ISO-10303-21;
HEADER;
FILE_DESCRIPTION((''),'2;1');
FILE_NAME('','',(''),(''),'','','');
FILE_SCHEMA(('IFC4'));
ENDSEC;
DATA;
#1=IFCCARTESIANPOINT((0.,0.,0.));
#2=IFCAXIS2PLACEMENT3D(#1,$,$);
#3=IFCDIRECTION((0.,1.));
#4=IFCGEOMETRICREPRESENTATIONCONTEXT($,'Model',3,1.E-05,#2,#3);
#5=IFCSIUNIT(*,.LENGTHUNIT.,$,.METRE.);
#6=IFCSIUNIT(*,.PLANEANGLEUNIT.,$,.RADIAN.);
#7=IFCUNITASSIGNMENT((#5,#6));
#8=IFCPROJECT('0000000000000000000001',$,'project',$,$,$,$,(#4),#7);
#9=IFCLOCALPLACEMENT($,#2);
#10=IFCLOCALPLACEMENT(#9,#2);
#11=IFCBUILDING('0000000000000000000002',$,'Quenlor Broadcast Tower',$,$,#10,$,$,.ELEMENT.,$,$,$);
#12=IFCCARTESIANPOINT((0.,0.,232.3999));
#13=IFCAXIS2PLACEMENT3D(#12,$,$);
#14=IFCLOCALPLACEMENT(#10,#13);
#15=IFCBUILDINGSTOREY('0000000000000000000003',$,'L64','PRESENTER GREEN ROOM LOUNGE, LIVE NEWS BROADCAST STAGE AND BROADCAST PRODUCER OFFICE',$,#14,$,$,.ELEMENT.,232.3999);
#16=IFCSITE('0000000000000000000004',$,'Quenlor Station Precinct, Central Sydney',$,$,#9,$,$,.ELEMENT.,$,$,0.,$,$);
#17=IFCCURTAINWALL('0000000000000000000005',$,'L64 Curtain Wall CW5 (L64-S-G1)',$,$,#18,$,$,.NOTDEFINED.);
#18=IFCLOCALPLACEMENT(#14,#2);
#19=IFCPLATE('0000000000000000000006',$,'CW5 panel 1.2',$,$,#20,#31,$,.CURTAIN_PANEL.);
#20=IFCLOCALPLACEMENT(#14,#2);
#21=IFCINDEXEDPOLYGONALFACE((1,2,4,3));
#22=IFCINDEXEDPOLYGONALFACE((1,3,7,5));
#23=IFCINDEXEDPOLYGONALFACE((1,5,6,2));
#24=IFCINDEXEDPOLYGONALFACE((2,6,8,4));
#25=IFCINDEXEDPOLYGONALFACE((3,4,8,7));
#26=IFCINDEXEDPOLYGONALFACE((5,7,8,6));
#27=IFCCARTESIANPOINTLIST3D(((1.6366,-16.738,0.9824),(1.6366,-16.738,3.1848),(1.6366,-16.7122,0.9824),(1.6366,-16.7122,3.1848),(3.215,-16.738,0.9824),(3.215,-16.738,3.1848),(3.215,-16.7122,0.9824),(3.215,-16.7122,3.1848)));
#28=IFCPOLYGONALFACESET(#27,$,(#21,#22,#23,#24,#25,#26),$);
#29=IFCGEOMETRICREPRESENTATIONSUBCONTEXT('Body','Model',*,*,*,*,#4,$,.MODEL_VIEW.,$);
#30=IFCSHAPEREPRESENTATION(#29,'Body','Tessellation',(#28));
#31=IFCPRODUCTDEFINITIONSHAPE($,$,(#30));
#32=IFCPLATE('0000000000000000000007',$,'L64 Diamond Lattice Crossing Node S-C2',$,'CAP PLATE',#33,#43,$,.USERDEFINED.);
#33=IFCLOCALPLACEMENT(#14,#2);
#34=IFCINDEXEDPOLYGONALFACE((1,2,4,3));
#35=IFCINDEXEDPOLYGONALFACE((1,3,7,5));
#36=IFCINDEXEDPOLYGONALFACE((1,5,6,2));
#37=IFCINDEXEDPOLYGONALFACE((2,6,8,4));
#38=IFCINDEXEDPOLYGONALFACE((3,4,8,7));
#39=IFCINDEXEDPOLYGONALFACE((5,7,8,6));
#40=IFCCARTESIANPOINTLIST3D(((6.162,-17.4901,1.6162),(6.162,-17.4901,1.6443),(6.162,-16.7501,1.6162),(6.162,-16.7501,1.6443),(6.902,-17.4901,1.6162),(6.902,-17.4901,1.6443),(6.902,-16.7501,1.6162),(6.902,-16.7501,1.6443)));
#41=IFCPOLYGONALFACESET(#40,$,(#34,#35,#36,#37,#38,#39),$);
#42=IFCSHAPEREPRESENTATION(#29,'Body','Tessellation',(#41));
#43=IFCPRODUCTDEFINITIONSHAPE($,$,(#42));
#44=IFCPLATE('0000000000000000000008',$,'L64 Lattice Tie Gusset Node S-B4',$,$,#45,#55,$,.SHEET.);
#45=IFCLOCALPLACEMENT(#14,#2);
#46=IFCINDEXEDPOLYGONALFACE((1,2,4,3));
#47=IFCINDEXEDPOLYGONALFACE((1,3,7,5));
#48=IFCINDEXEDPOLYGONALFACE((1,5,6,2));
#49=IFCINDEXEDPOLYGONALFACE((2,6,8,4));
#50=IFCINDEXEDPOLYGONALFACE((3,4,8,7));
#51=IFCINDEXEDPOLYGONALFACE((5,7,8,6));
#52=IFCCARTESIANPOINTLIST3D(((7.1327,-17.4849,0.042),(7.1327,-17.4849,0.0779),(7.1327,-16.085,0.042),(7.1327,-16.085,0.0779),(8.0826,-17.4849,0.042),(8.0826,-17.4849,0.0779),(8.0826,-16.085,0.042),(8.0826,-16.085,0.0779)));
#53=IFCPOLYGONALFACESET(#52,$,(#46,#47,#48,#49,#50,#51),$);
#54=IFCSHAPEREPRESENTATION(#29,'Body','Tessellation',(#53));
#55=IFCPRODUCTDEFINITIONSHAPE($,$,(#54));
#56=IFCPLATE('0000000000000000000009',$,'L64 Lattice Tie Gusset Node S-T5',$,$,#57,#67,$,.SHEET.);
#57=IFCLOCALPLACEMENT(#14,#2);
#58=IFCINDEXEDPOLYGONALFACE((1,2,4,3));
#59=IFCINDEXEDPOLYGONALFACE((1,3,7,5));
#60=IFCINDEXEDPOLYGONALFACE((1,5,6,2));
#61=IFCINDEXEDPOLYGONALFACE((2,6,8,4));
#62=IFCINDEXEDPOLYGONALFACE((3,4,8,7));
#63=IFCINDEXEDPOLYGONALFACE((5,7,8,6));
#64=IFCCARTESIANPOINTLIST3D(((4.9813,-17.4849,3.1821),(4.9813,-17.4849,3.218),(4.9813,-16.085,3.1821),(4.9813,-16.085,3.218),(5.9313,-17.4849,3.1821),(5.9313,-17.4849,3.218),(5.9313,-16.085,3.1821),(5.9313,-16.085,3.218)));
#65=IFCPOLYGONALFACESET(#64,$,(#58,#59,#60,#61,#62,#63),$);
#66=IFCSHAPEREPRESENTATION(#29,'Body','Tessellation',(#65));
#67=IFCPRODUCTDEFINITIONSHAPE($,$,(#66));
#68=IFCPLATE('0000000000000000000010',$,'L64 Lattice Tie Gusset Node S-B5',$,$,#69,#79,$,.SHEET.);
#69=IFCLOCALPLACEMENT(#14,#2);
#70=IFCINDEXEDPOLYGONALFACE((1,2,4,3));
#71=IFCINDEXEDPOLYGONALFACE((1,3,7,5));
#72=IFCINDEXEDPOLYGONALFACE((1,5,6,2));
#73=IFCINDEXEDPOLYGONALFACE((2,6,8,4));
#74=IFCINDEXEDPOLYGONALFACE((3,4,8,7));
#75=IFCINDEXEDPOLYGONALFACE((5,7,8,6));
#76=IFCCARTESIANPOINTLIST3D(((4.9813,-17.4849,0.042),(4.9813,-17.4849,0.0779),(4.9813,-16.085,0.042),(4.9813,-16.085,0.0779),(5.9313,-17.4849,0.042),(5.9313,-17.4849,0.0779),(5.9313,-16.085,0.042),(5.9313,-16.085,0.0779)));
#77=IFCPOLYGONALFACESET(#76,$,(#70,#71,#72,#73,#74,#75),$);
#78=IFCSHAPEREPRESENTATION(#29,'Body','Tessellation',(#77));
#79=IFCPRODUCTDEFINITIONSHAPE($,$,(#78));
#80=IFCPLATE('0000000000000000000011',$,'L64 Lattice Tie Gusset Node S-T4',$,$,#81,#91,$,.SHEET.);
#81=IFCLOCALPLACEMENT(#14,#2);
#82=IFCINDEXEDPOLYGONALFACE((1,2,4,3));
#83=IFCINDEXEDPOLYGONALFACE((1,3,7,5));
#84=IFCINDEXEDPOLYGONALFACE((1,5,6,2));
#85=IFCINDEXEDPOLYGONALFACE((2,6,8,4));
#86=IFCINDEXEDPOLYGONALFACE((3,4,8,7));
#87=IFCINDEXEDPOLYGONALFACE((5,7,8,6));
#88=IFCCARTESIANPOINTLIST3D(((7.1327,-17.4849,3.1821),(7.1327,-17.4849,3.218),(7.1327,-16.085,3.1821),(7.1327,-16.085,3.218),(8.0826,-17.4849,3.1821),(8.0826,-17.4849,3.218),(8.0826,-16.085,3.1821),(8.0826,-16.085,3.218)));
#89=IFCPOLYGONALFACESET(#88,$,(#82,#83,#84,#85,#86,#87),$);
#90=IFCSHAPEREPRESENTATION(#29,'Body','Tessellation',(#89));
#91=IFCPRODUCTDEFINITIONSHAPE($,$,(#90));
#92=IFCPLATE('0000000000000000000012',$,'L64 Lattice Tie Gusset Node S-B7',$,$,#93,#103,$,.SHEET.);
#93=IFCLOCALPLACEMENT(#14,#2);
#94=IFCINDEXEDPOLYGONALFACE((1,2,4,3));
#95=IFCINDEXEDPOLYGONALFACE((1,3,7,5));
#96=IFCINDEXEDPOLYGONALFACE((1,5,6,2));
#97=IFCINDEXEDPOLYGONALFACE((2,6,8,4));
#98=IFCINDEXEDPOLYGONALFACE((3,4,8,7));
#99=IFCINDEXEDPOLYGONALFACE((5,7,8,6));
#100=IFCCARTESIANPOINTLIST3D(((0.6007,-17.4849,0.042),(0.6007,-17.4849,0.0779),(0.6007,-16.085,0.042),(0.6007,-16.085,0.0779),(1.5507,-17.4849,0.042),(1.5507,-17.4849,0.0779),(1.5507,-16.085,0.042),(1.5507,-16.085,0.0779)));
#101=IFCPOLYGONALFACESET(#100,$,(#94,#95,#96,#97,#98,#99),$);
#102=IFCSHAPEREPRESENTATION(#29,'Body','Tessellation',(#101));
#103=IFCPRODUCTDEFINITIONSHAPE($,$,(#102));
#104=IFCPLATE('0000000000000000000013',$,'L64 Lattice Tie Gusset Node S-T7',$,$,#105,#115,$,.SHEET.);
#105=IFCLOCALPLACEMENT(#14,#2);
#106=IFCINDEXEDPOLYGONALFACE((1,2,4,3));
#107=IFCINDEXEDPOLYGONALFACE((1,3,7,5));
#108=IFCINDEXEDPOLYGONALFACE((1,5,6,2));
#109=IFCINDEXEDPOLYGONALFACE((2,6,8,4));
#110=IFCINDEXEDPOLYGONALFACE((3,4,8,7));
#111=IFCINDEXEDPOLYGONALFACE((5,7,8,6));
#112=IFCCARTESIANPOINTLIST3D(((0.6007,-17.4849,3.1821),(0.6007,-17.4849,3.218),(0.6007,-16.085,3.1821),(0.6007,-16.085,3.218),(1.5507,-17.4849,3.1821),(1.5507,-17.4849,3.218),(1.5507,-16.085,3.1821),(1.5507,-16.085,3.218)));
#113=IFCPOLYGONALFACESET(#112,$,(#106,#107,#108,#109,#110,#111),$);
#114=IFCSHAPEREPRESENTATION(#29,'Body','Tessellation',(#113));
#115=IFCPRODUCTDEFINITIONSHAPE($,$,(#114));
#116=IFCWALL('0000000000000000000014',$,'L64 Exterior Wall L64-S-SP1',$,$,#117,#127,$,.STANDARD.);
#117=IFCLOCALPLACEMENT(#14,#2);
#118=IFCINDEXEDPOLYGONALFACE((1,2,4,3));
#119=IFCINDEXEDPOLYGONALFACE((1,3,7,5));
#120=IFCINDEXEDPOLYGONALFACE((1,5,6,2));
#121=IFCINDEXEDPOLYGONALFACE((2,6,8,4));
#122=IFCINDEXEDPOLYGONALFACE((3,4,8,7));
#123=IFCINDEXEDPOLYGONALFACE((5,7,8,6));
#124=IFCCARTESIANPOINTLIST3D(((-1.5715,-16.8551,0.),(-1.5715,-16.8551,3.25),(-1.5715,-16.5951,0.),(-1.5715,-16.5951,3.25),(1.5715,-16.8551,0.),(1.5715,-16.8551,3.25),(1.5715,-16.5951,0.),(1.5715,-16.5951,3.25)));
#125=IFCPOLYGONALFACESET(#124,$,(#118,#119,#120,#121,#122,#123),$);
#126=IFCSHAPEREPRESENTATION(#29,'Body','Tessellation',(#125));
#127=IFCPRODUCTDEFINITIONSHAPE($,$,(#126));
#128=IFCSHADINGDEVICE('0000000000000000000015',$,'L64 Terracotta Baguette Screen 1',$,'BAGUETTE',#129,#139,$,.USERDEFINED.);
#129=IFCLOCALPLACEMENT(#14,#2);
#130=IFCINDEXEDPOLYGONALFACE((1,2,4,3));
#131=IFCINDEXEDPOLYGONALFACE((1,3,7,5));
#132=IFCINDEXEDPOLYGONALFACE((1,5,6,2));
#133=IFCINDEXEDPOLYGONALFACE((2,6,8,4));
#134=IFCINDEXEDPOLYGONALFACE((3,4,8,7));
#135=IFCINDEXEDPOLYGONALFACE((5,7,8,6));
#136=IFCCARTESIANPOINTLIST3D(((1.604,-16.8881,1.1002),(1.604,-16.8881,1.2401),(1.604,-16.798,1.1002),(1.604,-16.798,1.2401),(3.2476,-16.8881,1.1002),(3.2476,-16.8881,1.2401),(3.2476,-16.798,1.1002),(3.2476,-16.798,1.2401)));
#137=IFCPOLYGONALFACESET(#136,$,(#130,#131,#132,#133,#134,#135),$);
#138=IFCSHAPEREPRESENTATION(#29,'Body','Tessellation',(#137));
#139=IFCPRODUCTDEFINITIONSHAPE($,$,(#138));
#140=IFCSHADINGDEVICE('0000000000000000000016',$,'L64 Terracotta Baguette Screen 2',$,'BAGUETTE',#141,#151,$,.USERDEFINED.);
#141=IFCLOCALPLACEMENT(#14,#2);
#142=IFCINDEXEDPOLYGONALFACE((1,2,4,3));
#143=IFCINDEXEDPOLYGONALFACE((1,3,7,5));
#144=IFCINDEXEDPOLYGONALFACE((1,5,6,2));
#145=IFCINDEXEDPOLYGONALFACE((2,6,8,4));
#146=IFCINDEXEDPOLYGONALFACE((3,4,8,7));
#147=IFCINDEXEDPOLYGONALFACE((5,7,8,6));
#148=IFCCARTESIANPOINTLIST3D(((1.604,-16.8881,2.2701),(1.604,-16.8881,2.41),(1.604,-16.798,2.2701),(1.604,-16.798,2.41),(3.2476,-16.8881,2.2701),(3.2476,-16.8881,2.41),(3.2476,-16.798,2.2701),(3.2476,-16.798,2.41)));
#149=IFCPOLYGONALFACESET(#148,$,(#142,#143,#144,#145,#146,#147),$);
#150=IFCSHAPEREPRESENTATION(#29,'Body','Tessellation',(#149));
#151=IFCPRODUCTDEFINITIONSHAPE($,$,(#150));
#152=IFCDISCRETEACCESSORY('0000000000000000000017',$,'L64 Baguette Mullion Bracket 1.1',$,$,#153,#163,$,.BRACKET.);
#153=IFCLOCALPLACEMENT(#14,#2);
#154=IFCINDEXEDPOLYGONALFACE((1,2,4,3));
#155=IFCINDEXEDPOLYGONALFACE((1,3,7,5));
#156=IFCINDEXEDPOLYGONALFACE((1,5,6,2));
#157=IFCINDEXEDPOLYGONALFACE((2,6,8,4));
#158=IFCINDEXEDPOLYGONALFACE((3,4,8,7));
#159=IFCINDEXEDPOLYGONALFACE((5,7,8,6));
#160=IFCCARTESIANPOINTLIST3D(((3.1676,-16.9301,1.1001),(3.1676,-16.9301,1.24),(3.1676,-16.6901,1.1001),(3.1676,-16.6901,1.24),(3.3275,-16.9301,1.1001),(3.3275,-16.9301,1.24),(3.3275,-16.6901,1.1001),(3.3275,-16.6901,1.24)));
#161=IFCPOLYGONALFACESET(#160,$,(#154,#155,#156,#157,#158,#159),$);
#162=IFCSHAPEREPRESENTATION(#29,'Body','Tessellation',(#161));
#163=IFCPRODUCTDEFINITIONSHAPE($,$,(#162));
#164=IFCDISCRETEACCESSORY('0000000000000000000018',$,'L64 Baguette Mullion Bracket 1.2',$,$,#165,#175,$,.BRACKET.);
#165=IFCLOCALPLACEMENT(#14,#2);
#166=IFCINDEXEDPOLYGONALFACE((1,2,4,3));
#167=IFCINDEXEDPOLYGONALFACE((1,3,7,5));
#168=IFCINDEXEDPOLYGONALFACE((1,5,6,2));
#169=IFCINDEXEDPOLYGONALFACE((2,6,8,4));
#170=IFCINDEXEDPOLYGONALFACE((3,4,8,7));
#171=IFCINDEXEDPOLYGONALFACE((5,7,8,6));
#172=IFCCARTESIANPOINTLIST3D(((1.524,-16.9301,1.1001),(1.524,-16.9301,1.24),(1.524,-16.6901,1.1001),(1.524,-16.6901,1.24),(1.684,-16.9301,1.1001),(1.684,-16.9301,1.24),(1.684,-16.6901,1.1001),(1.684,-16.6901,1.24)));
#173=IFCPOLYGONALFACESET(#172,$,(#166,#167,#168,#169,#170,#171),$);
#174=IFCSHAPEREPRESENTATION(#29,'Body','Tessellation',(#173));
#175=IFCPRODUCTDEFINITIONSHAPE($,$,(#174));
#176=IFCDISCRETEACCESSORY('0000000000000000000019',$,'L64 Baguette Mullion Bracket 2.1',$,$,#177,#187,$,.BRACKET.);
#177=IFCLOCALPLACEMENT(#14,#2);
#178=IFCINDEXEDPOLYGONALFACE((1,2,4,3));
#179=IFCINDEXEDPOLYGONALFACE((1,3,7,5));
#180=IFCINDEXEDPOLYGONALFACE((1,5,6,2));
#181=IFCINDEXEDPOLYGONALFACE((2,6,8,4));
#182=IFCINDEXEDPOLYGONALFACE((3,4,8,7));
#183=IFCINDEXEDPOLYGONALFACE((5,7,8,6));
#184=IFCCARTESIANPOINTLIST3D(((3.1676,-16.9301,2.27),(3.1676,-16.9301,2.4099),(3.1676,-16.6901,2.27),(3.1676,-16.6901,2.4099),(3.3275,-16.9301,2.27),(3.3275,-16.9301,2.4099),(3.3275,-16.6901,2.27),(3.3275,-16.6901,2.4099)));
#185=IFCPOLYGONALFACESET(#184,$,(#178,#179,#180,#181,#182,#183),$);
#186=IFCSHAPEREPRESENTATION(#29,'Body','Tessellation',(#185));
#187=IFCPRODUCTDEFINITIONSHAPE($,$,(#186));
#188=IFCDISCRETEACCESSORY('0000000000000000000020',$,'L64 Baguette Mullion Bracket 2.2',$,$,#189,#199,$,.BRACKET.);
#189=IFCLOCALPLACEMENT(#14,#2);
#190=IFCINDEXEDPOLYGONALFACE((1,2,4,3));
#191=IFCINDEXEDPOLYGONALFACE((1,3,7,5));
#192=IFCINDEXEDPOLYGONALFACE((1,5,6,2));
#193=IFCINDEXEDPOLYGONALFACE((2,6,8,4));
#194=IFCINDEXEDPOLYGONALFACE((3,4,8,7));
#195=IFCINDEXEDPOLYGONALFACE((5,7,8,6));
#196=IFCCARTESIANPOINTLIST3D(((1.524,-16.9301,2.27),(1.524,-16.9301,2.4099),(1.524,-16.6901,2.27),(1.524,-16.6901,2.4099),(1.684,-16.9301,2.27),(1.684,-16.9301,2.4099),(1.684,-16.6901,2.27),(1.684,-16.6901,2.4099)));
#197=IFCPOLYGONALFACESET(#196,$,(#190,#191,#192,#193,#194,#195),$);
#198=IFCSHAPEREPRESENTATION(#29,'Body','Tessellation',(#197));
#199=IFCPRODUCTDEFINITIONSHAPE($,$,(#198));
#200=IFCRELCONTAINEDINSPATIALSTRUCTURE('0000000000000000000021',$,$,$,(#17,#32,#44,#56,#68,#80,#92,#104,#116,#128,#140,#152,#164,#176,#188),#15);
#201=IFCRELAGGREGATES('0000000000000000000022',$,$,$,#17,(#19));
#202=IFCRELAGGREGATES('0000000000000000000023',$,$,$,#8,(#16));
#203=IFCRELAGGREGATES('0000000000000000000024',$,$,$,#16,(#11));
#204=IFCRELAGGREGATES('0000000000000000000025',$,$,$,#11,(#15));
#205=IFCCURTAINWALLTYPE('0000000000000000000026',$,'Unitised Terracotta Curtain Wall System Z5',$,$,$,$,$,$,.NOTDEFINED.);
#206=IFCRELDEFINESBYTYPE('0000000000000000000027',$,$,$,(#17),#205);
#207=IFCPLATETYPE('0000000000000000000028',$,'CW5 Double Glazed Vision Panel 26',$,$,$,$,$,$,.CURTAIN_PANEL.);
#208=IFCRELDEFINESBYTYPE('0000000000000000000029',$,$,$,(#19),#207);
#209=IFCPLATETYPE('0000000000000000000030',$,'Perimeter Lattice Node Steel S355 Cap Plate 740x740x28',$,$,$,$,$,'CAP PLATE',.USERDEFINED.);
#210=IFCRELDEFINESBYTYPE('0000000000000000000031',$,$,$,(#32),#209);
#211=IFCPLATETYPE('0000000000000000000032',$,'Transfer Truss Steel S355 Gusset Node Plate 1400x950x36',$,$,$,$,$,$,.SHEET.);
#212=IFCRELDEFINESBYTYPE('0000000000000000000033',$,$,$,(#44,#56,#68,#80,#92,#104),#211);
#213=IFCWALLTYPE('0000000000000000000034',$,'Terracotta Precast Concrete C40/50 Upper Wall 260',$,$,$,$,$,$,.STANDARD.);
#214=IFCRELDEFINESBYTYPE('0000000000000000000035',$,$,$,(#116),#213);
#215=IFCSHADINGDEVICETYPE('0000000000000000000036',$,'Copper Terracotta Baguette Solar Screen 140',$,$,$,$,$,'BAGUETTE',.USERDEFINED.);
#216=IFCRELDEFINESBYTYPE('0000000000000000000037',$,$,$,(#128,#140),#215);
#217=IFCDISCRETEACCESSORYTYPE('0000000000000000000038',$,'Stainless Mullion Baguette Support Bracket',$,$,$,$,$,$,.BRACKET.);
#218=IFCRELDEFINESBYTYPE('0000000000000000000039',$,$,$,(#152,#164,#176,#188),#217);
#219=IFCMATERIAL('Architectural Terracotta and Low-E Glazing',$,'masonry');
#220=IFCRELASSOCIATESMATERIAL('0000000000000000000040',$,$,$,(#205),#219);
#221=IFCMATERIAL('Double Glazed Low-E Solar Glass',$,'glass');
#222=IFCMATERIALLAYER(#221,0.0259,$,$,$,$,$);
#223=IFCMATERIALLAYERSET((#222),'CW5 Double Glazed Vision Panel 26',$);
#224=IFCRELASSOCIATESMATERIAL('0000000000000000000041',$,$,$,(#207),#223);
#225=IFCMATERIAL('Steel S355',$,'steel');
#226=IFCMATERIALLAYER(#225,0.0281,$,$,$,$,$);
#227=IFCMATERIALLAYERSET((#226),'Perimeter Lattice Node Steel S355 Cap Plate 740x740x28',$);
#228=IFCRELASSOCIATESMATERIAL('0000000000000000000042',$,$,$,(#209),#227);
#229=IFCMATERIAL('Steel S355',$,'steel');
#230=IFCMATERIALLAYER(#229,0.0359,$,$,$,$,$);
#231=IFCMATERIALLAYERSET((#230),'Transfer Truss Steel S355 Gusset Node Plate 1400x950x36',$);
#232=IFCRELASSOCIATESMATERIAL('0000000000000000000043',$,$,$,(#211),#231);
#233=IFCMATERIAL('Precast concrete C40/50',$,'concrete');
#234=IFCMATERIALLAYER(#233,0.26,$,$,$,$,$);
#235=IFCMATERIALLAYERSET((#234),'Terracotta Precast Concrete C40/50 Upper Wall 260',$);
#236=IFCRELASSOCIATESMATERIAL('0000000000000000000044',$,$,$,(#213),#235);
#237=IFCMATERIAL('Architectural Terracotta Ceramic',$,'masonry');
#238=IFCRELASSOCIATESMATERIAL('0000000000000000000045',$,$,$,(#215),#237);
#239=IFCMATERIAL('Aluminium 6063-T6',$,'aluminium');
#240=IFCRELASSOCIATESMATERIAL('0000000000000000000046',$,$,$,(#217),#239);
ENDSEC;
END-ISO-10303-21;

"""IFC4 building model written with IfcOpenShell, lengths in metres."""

from ifc_helpers import new_model, si_unit, direction, frame, frame_2d, origin, origin_2d, place, context, subcontext, project, spatial, rectangle, extrude, material, layer, layer_set, material_profile, profile_set, type_object, element, aggregate, save


model = new_model("IFC4")

# Units and contexts
model_context = context("Model", 3, precision=1e-05, world=origin(), true_north=direction((0.0, 1.0)))
body_context = subcontext(model_context, "Body", "Model", "MODEL_VIEW")
ifc_project = project(units=[si_unit("LENGTHUNIT", "METRE"), si_unit("PLANEANGLEUNIT", "RADIAN")], contexts=[model_context])

# Site, building, storey
site_placement = place(None, origin())
site = spatial("IfcSite", under=ifc_project, at=site_placement, Name="Quenlor Station Precinct, Central Sydney", CompositionType="ELEMENT", RefElevation=0.0)
building_placement = place(site_placement, origin())
building = spatial("IfcBuilding", under=site, at=building_placement, Name="Quenlor Broadcast Tower", CompositionType="ELEMENT")
storey_placement = place(building_placement, frame((0.0, 0.0, 232.3999)))
storey = spatial("IfcBuildingStorey", under=building, at=storey_placement, Name="L64", Description="PRESENTER GREEN ROOM LOUNGE, LIVE NEWS BROADCAST STAGE AND BROADCAST PRODUCER OFFICE", CompositionType="ELEMENT", Elevation=232.3999)

# Curtain wall
ifc_material_1 = material(Name="Architectural Terracotta and Low-E Glazing", Category="masonry")
curtain_wall_type = type_object("IfcCurtainWallType", Name="Unitised Terracotta Curtain Wall System Z5", PredefinedType="NOTDEFINED", material=ifc_material_1)
curtain_wall_placement = place(storey_placement, origin())
curtain_wall = element("IfcCurtainWall", 1, at=curtain_wall_placement, inside=storey, type_object=curtain_wall_type, Name="L64 Curtain Wall CW5 (L64-S-G1)", PredefinedType="NOTDEFINED")

# Plate
ifc_material_2 = material(Name="Double Glazed Low-E Solar Glass", Category="glass")
ifc_layer_1 = layer(ifc_material_2, 0.0259)
ifc_layer_set_1 = layer_set([ifc_layer_1], Name="CW5 Double Glazed Vision Panel 26")
plate_type_1 = type_object("IfcPlateType", Name="CW5 Double Glazed Vision Panel 26", PredefinedType="CURTAIN_PANEL", material=ifc_layer_set_1)
plate_1_placement = place(storey_placement, frame((2.4258, -16.7251, 0.9824), z_axis=(0.0, 0.0, 1.0), x_axis=(-1.0, 0.0, 0.0)))
plate_1 = element("IfcPlate", 2, at=plate_1_placement, type_object=plate_type_1, Name="CW5 panel 1.2", PredefinedType="CURTAIN_PANEL", context=body_context, shape_type="SweptSolid", body=[
    extrude(rectangle(XDim=1.5784, YDim=0.0259, at=origin_2d()), origin(), (0.0, 0.0, 1.0), 2.2024),
])
aggregate(curtain_wall, [plate_1])

# Plates
ifc_material_3 = material(Name="Steel S355", Category="steel")
ifc_layer_2 = layer(ifc_material_3, 0.0281)
ifc_layer_set_2 = layer_set([ifc_layer_2], Name="Perimeter Lattice Node Steel S355 Cap Plate 740x740x28")
plate_type_2 = type_object("IfcPlateType", Name="Perimeter Lattice Node Steel S355 Cap Plate 740x740x28", ElementType="CAP PLATE", PredefinedType="USERDEFINED", material=ifc_layer_set_2)
plate_2_placement = place(storey_placement, frame((6.532, -17.1201, 1.6162), z_axis=(0.0, 0.0, 1.0), x_axis=(-1.0, 0.0, 0.0)))
element("IfcPlate", 3, at=plate_2_placement, inside=storey, type_object=plate_type_2, Name="L64 Diamond Lattice Crossing Node S-C2", ObjectType="CAP PLATE", PredefinedType="USERDEFINED", context=body_context, shape_type="SweptSolid", body=[
    extrude(rectangle(XDim=0.74, YDim=0.74, at=origin_2d()), origin(), (0.0, 0.0, 1.0), 0.0281),
])
ifc_material_4 = material(Name="Steel S355", Category="steel")
ifc_layer_3 = layer(ifc_material_4, 0.0359)
ifc_layer_set_3 = layer_set([ifc_layer_3], Name="Transfer Truss Steel S355 Gusset Node Plate 1400x950x36")
plate_type_3 = type_object("IfcPlateType", Name="Transfer Truss Steel S355 Gusset Node Plate 1400x950x36", PredefinedType="SHEET", material=ifc_layer_set_3)
for number, where, z_axis, x_axis, name in (
    (4, (7.6077, -16.7849, 0.042), (0.0, 0.0, 1.0), (0.0, -1.0, 0.0), "L64 Lattice Tie Gusset Node S-B4"),
    (5, (5.4563, -16.7849, 3.1821), (0.0, 0.0, 1.0), (0.0, -1.0, 0.0), "L64 Lattice Tie Gusset Node S-T5"),
    (6, (5.4563, -16.7849, 0.042), (0.0, 0.0, 1.0), (0.0, -1.0, 0.0), "L64 Lattice Tie Gusset Node S-B5"),
    (7, (7.6077, -16.7849, 3.1821), (0.0, 0.0, 1.0), (0.0, -1.0, 0.0), "L64 Lattice Tie Gusset Node S-T4"),
    (8, (1.0757, -16.7849, 0.042), (0.0, 0.0, 1.0), (0.0, -1.0, 0.0), "L64 Lattice Tie Gusset Node S-B7"),
    (9, (1.0757, -16.7849, 3.1821), (0.0, 0.0, 1.0), (0.0, -1.0, 0.0), "L64 Lattice Tie Gusset Node S-T7"),
):
    element("IfcPlate", number, at=place(storey_placement, frame(where, z_axis=z_axis, x_axis=x_axis)), inside=storey, type_object=plate_type_3, Name=name, PredefinedType="SHEET", context=body_context, shape_type="SweptSolid", body=[
        extrude(rectangle(XDim=1.3999, YDim=0.95, at=origin_2d()), origin(), (0.0, 0.0, 1.0), 0.0359),
    ])

# Wall
ifc_material_5 = material(Name="Precast concrete C40/50", Category="concrete")
ifc_layer_4 = layer(ifc_material_5, 0.26)
ifc_layer_set_4 = layer_set([ifc_layer_4], Name="Terracotta Precast Concrete C40/50 Upper Wall 260")
wall_type = type_object("IfcWallType", Name="Terracotta Precast Concrete C40/50 Upper Wall 260", PredefinedType="STANDARD", material=ifc_layer_set_4)
wall_placement = place(storey_placement, frame((1.5715, -16.7251, 0.0), z_axis=(0.0, 0.0, 1.0), x_axis=(-1.0, 0.0, 0.0)))
element("IfcWall", 10, at=wall_placement, inside=storey, type_object=wall_type, Name="L64 Exterior Wall L64-S-SP1", PredefinedType="STANDARD", context=body_context, shape_type="SweptSolid", body=[
    extrude(rectangle(XDim=3.1431, YDim=0.26, at=frame_2d((1.5715, 0.0))), origin(), (0.0, 0.0, 1.0), 3.25),
])

# Shading devices
ifc_material_6 = material(Name="Architectural Terracotta Ceramic", Category="masonry")
ifc_material_profile_1 = material_profile(ifc_material_6, rectangle(XDim=0.0901, YDim=0.1399, at=origin_2d()))
ifc_profile_set_1 = profile_set([ifc_material_profile_1], Name="Architectural Terracotta Ceramic BAG90x140")
shading_device_type = type_object("IfcShadingDeviceType", Name="Copper Terracotta Baguette Solar Screen 140", ElementType="BAGUETTE", PredefinedType="USERDEFINED", material=ifc_profile_set_1)
for number, where, z_axis, x_axis, name in (
    (11, (3.2476, -16.843, 1.1702), (-1.0, 0.0, 0.0), (0.0, -1.0, 0.0), "L64 Terracotta Baguette Screen 1"),
    (12, (3.2476, -16.843, 2.3401), (-1.0, 0.0, 0.0), (0.0, -1.0, 0.0), "L64 Terracotta Baguette Screen 2"),
):
    element("IfcShadingDevice", number, at=place(storey_placement, frame(where, z_axis=z_axis, x_axis=x_axis)), inside=storey, type_object=shading_device_type, Name=name, ObjectType="BAGUETTE", PredefinedType="USERDEFINED", context=body_context, shape_type="SweptSolid", body=[
        extrude(rectangle(XDim=0.0901, YDim=0.1399, at=origin_2d()), origin(), (0.0, 0.0, 1.0), 1.6436),
    ])

# Discrete accessories
ifc_material_7 = material(Name="Aluminium 6063-T6", Category="aluminium")
discrete_accessory_type = type_object("IfcDiscreteAccessoryType", Name="Stainless Mullion Baguette Support Bracket", PredefinedType="BRACKET", material=ifc_material_7)
for number, where, z_axis, x_axis, name in (
    (13, (3.2476, -16.8101, 1.1001), (0.0, 0.0, 1.0), (-1.0, 0.0, 0.0), "L64 Baguette Mullion Bracket 1.1"),
    (14, (1.604, -16.8101, 1.1001), (0.0, 0.0, 1.0), (-1.0, 0.0, 0.0), "L64 Baguette Mullion Bracket 1.2"),
    (15, (3.2476, -16.8101, 2.27), (0.0, 0.0, 1.0), (-1.0, 0.0, 0.0), "L64 Baguette Mullion Bracket 2.1"),
    (16, (1.604, -16.8101, 2.27), (0.0, 0.0, 1.0), (-1.0, 0.0, 0.0), "L64 Baguette Mullion Bracket 2.2"),
):
    element("IfcDiscreteAccessory", number, at=place(storey_placement, frame(where, z_axis=z_axis, x_axis=x_axis)), inside=storey, type_object=discrete_accessory_type, Name=name, PredefinedType="BRACKET", context=body_context, shape_type="SweptSolid", body=[
        extrude(rectangle(XDim=0.1599, YDim=0.24, at=origin_2d()), origin(), (0.0, 0.0, 1.0), 0.1399),
    ])

save(model, "model.ifc")
